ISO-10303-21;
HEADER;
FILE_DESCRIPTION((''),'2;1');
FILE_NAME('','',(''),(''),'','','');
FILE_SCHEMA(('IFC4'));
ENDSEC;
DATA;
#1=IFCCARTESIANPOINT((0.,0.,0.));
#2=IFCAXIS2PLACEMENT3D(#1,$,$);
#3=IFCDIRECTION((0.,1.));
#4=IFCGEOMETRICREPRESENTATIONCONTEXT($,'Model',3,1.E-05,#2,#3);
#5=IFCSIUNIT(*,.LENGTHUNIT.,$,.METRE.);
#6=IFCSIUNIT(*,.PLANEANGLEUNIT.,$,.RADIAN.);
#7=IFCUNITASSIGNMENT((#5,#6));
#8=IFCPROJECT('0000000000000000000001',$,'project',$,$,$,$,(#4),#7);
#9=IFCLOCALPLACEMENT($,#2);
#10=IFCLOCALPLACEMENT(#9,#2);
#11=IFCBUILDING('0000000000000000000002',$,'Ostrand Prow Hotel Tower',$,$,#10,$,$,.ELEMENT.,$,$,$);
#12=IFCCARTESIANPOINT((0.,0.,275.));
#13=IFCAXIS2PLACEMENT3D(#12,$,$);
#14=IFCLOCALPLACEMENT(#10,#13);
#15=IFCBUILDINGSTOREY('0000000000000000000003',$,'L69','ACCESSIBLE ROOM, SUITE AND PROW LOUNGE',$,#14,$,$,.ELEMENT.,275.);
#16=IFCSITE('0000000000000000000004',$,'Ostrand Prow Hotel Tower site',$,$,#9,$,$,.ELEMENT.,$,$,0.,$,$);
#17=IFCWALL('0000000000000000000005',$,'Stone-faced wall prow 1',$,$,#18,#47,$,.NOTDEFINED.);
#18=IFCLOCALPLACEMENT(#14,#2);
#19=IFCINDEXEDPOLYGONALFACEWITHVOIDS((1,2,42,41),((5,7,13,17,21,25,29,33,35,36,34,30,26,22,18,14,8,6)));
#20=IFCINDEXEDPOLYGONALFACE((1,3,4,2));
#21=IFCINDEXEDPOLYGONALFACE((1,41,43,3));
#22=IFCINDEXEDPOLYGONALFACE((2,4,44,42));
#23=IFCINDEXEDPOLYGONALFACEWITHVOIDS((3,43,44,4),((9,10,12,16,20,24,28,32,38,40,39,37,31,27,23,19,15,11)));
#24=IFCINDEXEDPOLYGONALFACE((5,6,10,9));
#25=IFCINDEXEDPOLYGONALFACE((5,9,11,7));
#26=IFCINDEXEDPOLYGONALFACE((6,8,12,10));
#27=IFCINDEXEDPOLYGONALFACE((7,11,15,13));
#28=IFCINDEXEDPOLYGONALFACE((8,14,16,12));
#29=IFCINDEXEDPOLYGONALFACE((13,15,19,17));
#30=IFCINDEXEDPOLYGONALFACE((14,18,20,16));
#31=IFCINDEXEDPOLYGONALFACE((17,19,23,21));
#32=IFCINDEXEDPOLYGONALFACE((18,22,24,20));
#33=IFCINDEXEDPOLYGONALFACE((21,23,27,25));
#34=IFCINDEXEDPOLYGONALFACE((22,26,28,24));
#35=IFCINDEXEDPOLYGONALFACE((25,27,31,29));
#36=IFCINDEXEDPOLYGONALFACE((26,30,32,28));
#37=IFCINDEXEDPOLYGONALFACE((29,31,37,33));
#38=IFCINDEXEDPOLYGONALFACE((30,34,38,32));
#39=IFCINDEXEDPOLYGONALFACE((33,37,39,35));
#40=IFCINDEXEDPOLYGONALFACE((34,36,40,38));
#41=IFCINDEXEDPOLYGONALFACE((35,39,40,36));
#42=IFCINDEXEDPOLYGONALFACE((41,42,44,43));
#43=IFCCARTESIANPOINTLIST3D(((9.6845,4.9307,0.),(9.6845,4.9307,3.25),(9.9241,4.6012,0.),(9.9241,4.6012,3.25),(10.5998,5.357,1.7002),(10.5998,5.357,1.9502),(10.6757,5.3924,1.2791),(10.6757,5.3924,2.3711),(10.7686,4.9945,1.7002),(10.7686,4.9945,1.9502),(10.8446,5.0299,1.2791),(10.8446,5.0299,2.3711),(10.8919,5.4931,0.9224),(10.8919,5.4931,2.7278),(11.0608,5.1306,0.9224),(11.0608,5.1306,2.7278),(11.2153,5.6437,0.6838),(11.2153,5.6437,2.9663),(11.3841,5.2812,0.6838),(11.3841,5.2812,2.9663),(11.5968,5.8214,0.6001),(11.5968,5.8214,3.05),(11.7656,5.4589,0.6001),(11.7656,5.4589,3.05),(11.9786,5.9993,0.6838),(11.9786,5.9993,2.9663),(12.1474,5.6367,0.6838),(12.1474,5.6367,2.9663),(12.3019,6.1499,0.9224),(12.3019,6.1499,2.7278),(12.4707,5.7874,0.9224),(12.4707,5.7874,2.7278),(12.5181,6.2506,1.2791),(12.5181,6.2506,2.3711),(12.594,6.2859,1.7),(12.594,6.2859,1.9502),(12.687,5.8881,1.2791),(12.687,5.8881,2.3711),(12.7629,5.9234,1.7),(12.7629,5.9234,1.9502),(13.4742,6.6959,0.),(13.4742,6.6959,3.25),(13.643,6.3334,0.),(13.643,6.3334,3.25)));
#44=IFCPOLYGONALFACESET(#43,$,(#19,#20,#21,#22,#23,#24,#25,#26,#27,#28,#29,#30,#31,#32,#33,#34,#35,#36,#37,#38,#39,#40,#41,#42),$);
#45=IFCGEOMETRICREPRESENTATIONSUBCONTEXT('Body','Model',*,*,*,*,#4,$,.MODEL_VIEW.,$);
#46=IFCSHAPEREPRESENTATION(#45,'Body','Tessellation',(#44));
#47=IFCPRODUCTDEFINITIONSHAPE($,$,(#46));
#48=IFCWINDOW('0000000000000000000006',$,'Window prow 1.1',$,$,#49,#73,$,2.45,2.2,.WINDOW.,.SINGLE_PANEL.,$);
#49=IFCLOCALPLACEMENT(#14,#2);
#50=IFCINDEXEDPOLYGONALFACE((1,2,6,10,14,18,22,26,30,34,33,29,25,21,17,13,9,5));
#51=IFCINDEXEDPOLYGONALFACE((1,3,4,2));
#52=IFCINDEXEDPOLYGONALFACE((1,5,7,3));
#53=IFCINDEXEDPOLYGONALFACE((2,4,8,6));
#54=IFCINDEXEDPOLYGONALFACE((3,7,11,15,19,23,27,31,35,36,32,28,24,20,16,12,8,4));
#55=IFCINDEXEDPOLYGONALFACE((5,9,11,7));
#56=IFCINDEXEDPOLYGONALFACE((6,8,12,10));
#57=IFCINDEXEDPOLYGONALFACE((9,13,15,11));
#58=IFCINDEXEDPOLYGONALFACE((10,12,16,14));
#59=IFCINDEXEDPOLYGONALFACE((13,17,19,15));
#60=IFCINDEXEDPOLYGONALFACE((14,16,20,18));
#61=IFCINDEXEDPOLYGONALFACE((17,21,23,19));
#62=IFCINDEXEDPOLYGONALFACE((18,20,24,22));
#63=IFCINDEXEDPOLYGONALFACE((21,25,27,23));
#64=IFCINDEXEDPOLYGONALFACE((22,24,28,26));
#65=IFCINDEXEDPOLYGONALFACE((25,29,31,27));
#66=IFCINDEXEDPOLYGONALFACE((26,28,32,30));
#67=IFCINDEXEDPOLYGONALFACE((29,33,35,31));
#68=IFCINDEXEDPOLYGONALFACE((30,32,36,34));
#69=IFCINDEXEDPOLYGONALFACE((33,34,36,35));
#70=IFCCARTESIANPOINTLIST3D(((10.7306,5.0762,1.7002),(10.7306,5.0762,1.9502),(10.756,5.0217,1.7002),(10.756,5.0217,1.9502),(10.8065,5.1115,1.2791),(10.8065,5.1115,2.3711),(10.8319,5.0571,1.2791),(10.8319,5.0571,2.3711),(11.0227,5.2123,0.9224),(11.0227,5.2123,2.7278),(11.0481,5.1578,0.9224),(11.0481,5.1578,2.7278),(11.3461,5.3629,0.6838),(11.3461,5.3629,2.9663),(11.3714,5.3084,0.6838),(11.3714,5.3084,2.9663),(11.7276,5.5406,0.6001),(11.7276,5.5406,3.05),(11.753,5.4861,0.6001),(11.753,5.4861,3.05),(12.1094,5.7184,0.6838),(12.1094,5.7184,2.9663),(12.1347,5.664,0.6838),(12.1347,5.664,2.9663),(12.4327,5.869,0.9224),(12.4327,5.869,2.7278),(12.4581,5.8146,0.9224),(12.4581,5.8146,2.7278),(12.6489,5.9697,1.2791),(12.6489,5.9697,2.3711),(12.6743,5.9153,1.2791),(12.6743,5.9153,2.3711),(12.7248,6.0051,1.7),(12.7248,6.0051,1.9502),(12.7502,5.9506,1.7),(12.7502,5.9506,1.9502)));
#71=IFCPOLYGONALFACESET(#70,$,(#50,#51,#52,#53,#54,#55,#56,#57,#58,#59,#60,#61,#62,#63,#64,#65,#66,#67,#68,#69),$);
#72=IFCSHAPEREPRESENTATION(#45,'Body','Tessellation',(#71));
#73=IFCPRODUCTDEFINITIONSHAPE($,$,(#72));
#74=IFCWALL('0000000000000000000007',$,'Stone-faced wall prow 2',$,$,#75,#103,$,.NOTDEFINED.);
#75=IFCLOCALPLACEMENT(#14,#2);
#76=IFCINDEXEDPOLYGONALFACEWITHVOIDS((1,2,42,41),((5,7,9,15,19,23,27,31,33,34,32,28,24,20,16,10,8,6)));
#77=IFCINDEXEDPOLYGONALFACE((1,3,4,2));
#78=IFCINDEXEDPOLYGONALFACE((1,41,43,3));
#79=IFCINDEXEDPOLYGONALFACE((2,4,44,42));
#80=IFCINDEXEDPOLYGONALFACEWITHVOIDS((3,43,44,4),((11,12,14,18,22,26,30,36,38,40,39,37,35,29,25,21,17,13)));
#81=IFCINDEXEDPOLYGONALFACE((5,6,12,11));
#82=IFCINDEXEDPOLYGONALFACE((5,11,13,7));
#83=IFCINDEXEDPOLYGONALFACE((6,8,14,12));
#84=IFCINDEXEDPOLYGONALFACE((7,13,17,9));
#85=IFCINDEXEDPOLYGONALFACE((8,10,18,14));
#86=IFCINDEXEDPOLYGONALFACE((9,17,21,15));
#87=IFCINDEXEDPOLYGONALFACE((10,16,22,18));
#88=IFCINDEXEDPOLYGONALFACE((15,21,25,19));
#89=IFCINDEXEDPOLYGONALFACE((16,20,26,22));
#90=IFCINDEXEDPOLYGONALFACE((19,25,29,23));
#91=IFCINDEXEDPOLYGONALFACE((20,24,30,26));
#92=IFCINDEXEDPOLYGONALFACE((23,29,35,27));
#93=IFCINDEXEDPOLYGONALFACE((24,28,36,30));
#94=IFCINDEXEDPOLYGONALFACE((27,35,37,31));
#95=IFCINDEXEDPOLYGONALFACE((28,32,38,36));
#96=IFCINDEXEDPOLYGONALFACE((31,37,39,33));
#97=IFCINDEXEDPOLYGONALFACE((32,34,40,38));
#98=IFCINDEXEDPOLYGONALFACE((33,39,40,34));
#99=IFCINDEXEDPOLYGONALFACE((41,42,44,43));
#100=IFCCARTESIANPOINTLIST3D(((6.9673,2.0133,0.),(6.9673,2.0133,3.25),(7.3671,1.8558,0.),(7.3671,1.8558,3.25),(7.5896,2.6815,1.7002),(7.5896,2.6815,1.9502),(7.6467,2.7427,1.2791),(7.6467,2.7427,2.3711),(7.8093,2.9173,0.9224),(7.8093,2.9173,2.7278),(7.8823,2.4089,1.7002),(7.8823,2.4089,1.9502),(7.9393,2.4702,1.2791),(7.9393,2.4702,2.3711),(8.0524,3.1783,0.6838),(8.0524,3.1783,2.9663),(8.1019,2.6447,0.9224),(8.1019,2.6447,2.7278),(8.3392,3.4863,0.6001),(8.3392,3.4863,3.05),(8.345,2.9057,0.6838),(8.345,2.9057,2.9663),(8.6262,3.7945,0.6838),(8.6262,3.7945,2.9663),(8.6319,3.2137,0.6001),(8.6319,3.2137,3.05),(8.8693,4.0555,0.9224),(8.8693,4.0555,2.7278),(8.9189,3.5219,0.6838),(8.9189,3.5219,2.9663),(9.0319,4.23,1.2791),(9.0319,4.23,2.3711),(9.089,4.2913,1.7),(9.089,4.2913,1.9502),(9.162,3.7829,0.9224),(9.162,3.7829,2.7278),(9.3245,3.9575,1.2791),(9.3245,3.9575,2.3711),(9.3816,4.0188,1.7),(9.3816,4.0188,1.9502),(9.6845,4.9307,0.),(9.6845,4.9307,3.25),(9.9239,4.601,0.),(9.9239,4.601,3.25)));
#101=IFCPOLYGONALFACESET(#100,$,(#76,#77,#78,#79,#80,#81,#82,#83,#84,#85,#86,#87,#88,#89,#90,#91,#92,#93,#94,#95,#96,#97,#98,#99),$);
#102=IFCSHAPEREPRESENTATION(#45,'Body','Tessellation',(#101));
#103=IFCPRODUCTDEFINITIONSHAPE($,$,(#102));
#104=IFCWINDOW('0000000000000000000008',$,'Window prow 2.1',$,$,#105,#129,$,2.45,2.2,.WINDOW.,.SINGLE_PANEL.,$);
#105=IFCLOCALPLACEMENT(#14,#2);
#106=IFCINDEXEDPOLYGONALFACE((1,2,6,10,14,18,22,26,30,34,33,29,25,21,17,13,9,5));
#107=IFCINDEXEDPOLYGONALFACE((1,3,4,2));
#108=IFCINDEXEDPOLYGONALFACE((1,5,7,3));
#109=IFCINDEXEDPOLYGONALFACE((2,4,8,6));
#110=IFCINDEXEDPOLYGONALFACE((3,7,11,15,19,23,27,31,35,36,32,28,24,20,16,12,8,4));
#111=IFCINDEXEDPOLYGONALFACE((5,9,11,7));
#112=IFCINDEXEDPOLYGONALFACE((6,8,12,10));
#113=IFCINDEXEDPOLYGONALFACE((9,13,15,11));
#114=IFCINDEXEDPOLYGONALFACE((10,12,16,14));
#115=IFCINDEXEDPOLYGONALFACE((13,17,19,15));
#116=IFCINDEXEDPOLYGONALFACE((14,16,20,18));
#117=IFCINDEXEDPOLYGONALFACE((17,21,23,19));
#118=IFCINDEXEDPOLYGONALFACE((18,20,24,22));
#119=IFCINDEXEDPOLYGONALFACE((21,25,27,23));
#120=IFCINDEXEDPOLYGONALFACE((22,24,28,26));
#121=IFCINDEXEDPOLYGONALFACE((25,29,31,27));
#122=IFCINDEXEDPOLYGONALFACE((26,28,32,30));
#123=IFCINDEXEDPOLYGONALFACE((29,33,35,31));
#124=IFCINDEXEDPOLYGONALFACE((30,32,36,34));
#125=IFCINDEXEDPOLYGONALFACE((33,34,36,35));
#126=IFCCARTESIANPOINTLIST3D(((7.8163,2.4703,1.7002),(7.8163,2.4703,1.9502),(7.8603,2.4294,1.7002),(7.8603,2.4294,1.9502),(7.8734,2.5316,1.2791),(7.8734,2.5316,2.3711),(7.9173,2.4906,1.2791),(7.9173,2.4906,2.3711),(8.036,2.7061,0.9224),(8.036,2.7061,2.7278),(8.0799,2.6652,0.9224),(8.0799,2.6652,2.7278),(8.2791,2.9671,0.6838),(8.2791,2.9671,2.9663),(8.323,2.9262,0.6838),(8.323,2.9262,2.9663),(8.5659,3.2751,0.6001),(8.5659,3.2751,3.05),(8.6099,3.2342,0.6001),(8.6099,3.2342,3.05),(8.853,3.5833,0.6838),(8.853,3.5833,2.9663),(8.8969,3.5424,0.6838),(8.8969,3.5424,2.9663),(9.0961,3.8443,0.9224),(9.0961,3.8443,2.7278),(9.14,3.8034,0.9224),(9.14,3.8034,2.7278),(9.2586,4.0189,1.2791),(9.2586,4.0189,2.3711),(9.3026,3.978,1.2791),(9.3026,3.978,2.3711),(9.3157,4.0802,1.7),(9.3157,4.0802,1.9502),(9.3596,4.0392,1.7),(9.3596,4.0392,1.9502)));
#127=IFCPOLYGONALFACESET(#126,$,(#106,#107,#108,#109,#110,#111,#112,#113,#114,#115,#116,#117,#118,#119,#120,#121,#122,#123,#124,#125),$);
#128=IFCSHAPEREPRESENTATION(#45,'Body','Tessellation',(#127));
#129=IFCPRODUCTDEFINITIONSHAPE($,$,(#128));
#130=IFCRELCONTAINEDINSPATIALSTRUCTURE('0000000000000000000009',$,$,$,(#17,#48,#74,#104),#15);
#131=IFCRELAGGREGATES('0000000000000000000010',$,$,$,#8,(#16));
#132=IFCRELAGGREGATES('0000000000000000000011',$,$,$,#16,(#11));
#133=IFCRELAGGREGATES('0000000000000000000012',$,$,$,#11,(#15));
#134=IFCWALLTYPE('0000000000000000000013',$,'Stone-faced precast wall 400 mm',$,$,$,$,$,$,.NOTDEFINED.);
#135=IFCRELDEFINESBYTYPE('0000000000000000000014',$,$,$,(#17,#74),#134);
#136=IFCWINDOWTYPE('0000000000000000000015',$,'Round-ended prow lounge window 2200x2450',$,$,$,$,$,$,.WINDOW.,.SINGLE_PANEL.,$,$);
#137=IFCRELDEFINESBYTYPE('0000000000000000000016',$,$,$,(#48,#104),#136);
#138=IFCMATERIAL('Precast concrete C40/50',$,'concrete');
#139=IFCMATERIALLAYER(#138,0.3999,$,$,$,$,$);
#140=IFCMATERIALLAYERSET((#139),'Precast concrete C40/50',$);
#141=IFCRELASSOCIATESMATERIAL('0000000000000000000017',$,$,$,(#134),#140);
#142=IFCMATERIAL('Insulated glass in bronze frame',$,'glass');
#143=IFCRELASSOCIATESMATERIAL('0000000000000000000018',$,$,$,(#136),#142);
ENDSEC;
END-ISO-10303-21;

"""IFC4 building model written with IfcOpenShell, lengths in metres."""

from ifc_helpers import new_model, si_unit, direction, frame, origin, place, context, subcontext, project, spatial, polyline, outline, extrude, material, layer, layer_set, type_object, element, fill, save


model = new_model("IFC4")

# Units and contexts
model_context = context("Model", 3, precision=1e-05, world=origin(), true_north=direction((0.0, 1.0)))
body_context = subcontext(model_context, "Body", "Model", "MODEL_VIEW")
ifc_project = project(units=[si_unit("LENGTHUNIT", "METRE"), si_unit("PLANEANGLEUNIT", "RADIAN")], contexts=[model_context])

# Site, building, storey
site_placement = place(None, origin())
site = spatial("IfcSite", under=ifc_project, at=site_placement, Name="Ostrand Prow Hotel Tower site", CompositionType="ELEMENT", RefElevation=0.0)
building_placement = place(site_placement, origin())
building = spatial("IfcBuilding", under=site, at=building_placement, Name="Ostrand Prow Hotel Tower", CompositionType="ELEMENT")
storey_placement = place(building_placement, frame((0.0, 0.0, 275.0)))
storey = spatial("IfcBuildingStorey", under=building, at=storey_placement, Name="L69", Description="ACCESSIBLE ROOM, SUITE AND PROW LOUNGE", CompositionType="ELEMENT", Elevation=275.0)

# Walls, openings, windows
ifc_material_1 = material(Name="Precast concrete C40/50", Category="concrete")
ifc_layer_1 = layer(ifc_material_1, 0.3999)
ifc_layer_set_1 = layer_set([ifc_layer_1], Name="Precast concrete C40/50")
wall_type_1 = type_object("IfcWallType", Name="Stone-faced precast wall 400 mm", PredefinedType="NOTDEFINED", material=ifc_layer_set_1)
wall_1_placement = place(storey_placement, frame((13.5586, 6.5146, 0.0), z_axis=(0.0, 0.0, 1.0), x_axis=(-0.906486, -0.422237, 0.0)))
wall_1 = element("IfcWall", 1, at=wall_1_placement, inside=storey, type_object=wall_type_1, Name="Stone-faced wall prow 1", PredefinedType="NOTDEFINED", context=body_context, shape_type="SweptSolid", body=[
    extrude(outline(polyline([(0.0, -0.2), (4.1807, -0.2), (4.1025, 0.2), (0.0, 0.2), (0.0, -0.2)])), origin(), (0.0, 0.0, 1.0), 3.25),
])
opening_1_placement = place(wall_1_placement, frame((0.9709, 0.0, 0.6001)))
opening_1 = element("IfcOpeningElement", 2, at=opening_1_placement, cuts=wall_1, PredefinedType="OPENING", context=body_context, shape_type="SweptSolid", body=[
    extrude(outline(polyline([(0.0, 1.3501), (0.0837, 1.771), (0.3223, 2.1277), (0.679, 2.3662), (1.1001, 2.45), (1.521, 2.3662), (1.8777, 2.1277), (2.1162, 1.771), (2.2, 1.3501), (2.2, 1.1001), (2.1162, 0.679), (1.8777, 0.3223), (1.521, 0.0837), (1.1001, 0.0), (0.679, 0.0837), (0.3223, 0.3223), (0.0837, 0.679), (0.0, 1.0999), (0.0, 1.3501)])), frame((0.0, 0.21, 0.0), z_axis=(0.0, -1.0, 0.0), x_axis=(1.0, 0.0, 0.0)), (0.0, 0.0, 1.0), 0.4199),
])
ifc_material_2 = material(Name="Insulated glass in bronze frame", Category="glass")
window_type = type_object("IfcWindowType", Name="Round-ended prow lounge window 2200x2450", PartitioningType="SINGLE_PANEL", PredefinedType="WINDOW", material=ifc_material_2)
window_1_placement = place(opening_1_placement, origin())
window_1 = element("IfcWindow", 3, at=window_1_placement, inside=storey, type_object=window_type, Name="Window prow 1.1", OverallHeight=2.45, OverallWidth=2.2, PartitioningType="SINGLE_PANEL", PredefinedType="WINDOW", context=body_context, shape_type="SweptSolid", body=[
    extrude(outline(polyline([(0.0, 1.3501), (0.0837, 1.771), (0.3223, 2.1277), (0.679, 2.3662), (1.1001, 2.45), (1.521, 2.3662), (1.8777, 2.1277), (2.1162, 1.771), (2.2, 1.3501), (2.2, 1.1001), (2.1162, 0.679), (1.8777, 0.3223), (1.521, 0.0837), (1.1001, 0.0), (0.679, 0.0837), (0.3223, 0.3223), (0.0837, 0.679), (0.0, 1.0999), (0.0, 1.3501)])), frame((0.0, 0.1699, 0.0), z_axis=(0.0, -1.0, 0.0), x_axis=(1.0, 0.0, 0.0)), (0.0, 0.0, 1.0), 0.0601),
])
fill(opening_1, window_1)
wall_2_placement = place(storey_placement, frame((9.8042, 4.7659, 0.0), z_axis=(0.0, 0.0, 1.0), x_axis=(-0.681547, -0.731775, 0.0)))
wall_2 = element("IfcWall", 4, at=wall_2_placement, inside=storey, type_object=wall_type_1, Name="Stone-faced wall prow 2", PredefinedType="NOTDEFINED", context=body_context, shape_type="SweptSolid", body=[
    extrude(outline(polyline([(-0.0391, -0.2), (3.9478, -0.2), (3.7905, 0.2), (0.0391, 0.2), (-0.0391, -0.2)])), origin(), (0.0, 0.0, 1.0), 3.25),
])
opening_2_placement = place(wall_2_placement, frame((0.8347, 0.0, 0.6001)))
opening_2 = element("IfcOpeningElement", 5, at=opening_2_placement, cuts=wall_2, PredefinedType="OPENING", context=body_context, shape_type="SweptSolid", body=[
    extrude(outline(polyline([(0.0, 1.3501), (0.0837, 1.771), (0.3223, 2.1277), (0.679, 2.3662), (1.1001, 2.45), (1.521, 2.3662), (1.8777, 2.1277), (2.1162, 1.771), (2.2, 1.3501), (2.2, 1.1001), (2.1162, 0.679), (1.8777, 0.3223), (1.521, 0.0837), (1.1001, 0.0), (0.679, 0.0837), (0.3223, 0.3223), (0.0837, 0.679), (0.0, 1.0999), (0.0, 1.3501)])), frame((0.0, 0.21, 0.0), z_axis=(0.0, -1.0, 0.0), x_axis=(1.0, 0.0, 0.0)), (0.0, 0.0, 1.0), 0.4199),
])
window_2_placement = place(opening_2_placement, origin())
window_2 = element("IfcWindow", 6, at=window_2_placement, inside=storey, type_object=window_type, Name="Window prow 2.1", OverallHeight=2.45, OverallWidth=2.2, PartitioningType="SINGLE_PANEL", PredefinedType="WINDOW", context=body_context, shape_type="SweptSolid", body=[
    extrude(outline(polyline([(0.0, 1.3501), (0.0837, 1.771), (0.3223, 2.1277), (0.679, 2.3662), (1.1001, 2.45), (1.521, 2.3662), (1.8777, 2.1277), (2.1162, 1.771), (2.2, 1.3501), (2.2, 1.1001), (2.1162, 0.679), (1.8777, 0.3223), (1.521, 0.0837), (1.1001, 0.0), (0.679, 0.0837), (0.3223, 0.3223), (0.0837, 0.679), (0.0, 1.0999), (0.0, 1.3501)])), frame((0.0, 0.1699, 0.0), z_axis=(0.0, -1.0, 0.0), x_axis=(1.0, 0.0, 0.0)), (0.0, 0.0, 1.0), 0.0601),
])
fill(opening_2, window_2)

save(model, "model.ifc")
